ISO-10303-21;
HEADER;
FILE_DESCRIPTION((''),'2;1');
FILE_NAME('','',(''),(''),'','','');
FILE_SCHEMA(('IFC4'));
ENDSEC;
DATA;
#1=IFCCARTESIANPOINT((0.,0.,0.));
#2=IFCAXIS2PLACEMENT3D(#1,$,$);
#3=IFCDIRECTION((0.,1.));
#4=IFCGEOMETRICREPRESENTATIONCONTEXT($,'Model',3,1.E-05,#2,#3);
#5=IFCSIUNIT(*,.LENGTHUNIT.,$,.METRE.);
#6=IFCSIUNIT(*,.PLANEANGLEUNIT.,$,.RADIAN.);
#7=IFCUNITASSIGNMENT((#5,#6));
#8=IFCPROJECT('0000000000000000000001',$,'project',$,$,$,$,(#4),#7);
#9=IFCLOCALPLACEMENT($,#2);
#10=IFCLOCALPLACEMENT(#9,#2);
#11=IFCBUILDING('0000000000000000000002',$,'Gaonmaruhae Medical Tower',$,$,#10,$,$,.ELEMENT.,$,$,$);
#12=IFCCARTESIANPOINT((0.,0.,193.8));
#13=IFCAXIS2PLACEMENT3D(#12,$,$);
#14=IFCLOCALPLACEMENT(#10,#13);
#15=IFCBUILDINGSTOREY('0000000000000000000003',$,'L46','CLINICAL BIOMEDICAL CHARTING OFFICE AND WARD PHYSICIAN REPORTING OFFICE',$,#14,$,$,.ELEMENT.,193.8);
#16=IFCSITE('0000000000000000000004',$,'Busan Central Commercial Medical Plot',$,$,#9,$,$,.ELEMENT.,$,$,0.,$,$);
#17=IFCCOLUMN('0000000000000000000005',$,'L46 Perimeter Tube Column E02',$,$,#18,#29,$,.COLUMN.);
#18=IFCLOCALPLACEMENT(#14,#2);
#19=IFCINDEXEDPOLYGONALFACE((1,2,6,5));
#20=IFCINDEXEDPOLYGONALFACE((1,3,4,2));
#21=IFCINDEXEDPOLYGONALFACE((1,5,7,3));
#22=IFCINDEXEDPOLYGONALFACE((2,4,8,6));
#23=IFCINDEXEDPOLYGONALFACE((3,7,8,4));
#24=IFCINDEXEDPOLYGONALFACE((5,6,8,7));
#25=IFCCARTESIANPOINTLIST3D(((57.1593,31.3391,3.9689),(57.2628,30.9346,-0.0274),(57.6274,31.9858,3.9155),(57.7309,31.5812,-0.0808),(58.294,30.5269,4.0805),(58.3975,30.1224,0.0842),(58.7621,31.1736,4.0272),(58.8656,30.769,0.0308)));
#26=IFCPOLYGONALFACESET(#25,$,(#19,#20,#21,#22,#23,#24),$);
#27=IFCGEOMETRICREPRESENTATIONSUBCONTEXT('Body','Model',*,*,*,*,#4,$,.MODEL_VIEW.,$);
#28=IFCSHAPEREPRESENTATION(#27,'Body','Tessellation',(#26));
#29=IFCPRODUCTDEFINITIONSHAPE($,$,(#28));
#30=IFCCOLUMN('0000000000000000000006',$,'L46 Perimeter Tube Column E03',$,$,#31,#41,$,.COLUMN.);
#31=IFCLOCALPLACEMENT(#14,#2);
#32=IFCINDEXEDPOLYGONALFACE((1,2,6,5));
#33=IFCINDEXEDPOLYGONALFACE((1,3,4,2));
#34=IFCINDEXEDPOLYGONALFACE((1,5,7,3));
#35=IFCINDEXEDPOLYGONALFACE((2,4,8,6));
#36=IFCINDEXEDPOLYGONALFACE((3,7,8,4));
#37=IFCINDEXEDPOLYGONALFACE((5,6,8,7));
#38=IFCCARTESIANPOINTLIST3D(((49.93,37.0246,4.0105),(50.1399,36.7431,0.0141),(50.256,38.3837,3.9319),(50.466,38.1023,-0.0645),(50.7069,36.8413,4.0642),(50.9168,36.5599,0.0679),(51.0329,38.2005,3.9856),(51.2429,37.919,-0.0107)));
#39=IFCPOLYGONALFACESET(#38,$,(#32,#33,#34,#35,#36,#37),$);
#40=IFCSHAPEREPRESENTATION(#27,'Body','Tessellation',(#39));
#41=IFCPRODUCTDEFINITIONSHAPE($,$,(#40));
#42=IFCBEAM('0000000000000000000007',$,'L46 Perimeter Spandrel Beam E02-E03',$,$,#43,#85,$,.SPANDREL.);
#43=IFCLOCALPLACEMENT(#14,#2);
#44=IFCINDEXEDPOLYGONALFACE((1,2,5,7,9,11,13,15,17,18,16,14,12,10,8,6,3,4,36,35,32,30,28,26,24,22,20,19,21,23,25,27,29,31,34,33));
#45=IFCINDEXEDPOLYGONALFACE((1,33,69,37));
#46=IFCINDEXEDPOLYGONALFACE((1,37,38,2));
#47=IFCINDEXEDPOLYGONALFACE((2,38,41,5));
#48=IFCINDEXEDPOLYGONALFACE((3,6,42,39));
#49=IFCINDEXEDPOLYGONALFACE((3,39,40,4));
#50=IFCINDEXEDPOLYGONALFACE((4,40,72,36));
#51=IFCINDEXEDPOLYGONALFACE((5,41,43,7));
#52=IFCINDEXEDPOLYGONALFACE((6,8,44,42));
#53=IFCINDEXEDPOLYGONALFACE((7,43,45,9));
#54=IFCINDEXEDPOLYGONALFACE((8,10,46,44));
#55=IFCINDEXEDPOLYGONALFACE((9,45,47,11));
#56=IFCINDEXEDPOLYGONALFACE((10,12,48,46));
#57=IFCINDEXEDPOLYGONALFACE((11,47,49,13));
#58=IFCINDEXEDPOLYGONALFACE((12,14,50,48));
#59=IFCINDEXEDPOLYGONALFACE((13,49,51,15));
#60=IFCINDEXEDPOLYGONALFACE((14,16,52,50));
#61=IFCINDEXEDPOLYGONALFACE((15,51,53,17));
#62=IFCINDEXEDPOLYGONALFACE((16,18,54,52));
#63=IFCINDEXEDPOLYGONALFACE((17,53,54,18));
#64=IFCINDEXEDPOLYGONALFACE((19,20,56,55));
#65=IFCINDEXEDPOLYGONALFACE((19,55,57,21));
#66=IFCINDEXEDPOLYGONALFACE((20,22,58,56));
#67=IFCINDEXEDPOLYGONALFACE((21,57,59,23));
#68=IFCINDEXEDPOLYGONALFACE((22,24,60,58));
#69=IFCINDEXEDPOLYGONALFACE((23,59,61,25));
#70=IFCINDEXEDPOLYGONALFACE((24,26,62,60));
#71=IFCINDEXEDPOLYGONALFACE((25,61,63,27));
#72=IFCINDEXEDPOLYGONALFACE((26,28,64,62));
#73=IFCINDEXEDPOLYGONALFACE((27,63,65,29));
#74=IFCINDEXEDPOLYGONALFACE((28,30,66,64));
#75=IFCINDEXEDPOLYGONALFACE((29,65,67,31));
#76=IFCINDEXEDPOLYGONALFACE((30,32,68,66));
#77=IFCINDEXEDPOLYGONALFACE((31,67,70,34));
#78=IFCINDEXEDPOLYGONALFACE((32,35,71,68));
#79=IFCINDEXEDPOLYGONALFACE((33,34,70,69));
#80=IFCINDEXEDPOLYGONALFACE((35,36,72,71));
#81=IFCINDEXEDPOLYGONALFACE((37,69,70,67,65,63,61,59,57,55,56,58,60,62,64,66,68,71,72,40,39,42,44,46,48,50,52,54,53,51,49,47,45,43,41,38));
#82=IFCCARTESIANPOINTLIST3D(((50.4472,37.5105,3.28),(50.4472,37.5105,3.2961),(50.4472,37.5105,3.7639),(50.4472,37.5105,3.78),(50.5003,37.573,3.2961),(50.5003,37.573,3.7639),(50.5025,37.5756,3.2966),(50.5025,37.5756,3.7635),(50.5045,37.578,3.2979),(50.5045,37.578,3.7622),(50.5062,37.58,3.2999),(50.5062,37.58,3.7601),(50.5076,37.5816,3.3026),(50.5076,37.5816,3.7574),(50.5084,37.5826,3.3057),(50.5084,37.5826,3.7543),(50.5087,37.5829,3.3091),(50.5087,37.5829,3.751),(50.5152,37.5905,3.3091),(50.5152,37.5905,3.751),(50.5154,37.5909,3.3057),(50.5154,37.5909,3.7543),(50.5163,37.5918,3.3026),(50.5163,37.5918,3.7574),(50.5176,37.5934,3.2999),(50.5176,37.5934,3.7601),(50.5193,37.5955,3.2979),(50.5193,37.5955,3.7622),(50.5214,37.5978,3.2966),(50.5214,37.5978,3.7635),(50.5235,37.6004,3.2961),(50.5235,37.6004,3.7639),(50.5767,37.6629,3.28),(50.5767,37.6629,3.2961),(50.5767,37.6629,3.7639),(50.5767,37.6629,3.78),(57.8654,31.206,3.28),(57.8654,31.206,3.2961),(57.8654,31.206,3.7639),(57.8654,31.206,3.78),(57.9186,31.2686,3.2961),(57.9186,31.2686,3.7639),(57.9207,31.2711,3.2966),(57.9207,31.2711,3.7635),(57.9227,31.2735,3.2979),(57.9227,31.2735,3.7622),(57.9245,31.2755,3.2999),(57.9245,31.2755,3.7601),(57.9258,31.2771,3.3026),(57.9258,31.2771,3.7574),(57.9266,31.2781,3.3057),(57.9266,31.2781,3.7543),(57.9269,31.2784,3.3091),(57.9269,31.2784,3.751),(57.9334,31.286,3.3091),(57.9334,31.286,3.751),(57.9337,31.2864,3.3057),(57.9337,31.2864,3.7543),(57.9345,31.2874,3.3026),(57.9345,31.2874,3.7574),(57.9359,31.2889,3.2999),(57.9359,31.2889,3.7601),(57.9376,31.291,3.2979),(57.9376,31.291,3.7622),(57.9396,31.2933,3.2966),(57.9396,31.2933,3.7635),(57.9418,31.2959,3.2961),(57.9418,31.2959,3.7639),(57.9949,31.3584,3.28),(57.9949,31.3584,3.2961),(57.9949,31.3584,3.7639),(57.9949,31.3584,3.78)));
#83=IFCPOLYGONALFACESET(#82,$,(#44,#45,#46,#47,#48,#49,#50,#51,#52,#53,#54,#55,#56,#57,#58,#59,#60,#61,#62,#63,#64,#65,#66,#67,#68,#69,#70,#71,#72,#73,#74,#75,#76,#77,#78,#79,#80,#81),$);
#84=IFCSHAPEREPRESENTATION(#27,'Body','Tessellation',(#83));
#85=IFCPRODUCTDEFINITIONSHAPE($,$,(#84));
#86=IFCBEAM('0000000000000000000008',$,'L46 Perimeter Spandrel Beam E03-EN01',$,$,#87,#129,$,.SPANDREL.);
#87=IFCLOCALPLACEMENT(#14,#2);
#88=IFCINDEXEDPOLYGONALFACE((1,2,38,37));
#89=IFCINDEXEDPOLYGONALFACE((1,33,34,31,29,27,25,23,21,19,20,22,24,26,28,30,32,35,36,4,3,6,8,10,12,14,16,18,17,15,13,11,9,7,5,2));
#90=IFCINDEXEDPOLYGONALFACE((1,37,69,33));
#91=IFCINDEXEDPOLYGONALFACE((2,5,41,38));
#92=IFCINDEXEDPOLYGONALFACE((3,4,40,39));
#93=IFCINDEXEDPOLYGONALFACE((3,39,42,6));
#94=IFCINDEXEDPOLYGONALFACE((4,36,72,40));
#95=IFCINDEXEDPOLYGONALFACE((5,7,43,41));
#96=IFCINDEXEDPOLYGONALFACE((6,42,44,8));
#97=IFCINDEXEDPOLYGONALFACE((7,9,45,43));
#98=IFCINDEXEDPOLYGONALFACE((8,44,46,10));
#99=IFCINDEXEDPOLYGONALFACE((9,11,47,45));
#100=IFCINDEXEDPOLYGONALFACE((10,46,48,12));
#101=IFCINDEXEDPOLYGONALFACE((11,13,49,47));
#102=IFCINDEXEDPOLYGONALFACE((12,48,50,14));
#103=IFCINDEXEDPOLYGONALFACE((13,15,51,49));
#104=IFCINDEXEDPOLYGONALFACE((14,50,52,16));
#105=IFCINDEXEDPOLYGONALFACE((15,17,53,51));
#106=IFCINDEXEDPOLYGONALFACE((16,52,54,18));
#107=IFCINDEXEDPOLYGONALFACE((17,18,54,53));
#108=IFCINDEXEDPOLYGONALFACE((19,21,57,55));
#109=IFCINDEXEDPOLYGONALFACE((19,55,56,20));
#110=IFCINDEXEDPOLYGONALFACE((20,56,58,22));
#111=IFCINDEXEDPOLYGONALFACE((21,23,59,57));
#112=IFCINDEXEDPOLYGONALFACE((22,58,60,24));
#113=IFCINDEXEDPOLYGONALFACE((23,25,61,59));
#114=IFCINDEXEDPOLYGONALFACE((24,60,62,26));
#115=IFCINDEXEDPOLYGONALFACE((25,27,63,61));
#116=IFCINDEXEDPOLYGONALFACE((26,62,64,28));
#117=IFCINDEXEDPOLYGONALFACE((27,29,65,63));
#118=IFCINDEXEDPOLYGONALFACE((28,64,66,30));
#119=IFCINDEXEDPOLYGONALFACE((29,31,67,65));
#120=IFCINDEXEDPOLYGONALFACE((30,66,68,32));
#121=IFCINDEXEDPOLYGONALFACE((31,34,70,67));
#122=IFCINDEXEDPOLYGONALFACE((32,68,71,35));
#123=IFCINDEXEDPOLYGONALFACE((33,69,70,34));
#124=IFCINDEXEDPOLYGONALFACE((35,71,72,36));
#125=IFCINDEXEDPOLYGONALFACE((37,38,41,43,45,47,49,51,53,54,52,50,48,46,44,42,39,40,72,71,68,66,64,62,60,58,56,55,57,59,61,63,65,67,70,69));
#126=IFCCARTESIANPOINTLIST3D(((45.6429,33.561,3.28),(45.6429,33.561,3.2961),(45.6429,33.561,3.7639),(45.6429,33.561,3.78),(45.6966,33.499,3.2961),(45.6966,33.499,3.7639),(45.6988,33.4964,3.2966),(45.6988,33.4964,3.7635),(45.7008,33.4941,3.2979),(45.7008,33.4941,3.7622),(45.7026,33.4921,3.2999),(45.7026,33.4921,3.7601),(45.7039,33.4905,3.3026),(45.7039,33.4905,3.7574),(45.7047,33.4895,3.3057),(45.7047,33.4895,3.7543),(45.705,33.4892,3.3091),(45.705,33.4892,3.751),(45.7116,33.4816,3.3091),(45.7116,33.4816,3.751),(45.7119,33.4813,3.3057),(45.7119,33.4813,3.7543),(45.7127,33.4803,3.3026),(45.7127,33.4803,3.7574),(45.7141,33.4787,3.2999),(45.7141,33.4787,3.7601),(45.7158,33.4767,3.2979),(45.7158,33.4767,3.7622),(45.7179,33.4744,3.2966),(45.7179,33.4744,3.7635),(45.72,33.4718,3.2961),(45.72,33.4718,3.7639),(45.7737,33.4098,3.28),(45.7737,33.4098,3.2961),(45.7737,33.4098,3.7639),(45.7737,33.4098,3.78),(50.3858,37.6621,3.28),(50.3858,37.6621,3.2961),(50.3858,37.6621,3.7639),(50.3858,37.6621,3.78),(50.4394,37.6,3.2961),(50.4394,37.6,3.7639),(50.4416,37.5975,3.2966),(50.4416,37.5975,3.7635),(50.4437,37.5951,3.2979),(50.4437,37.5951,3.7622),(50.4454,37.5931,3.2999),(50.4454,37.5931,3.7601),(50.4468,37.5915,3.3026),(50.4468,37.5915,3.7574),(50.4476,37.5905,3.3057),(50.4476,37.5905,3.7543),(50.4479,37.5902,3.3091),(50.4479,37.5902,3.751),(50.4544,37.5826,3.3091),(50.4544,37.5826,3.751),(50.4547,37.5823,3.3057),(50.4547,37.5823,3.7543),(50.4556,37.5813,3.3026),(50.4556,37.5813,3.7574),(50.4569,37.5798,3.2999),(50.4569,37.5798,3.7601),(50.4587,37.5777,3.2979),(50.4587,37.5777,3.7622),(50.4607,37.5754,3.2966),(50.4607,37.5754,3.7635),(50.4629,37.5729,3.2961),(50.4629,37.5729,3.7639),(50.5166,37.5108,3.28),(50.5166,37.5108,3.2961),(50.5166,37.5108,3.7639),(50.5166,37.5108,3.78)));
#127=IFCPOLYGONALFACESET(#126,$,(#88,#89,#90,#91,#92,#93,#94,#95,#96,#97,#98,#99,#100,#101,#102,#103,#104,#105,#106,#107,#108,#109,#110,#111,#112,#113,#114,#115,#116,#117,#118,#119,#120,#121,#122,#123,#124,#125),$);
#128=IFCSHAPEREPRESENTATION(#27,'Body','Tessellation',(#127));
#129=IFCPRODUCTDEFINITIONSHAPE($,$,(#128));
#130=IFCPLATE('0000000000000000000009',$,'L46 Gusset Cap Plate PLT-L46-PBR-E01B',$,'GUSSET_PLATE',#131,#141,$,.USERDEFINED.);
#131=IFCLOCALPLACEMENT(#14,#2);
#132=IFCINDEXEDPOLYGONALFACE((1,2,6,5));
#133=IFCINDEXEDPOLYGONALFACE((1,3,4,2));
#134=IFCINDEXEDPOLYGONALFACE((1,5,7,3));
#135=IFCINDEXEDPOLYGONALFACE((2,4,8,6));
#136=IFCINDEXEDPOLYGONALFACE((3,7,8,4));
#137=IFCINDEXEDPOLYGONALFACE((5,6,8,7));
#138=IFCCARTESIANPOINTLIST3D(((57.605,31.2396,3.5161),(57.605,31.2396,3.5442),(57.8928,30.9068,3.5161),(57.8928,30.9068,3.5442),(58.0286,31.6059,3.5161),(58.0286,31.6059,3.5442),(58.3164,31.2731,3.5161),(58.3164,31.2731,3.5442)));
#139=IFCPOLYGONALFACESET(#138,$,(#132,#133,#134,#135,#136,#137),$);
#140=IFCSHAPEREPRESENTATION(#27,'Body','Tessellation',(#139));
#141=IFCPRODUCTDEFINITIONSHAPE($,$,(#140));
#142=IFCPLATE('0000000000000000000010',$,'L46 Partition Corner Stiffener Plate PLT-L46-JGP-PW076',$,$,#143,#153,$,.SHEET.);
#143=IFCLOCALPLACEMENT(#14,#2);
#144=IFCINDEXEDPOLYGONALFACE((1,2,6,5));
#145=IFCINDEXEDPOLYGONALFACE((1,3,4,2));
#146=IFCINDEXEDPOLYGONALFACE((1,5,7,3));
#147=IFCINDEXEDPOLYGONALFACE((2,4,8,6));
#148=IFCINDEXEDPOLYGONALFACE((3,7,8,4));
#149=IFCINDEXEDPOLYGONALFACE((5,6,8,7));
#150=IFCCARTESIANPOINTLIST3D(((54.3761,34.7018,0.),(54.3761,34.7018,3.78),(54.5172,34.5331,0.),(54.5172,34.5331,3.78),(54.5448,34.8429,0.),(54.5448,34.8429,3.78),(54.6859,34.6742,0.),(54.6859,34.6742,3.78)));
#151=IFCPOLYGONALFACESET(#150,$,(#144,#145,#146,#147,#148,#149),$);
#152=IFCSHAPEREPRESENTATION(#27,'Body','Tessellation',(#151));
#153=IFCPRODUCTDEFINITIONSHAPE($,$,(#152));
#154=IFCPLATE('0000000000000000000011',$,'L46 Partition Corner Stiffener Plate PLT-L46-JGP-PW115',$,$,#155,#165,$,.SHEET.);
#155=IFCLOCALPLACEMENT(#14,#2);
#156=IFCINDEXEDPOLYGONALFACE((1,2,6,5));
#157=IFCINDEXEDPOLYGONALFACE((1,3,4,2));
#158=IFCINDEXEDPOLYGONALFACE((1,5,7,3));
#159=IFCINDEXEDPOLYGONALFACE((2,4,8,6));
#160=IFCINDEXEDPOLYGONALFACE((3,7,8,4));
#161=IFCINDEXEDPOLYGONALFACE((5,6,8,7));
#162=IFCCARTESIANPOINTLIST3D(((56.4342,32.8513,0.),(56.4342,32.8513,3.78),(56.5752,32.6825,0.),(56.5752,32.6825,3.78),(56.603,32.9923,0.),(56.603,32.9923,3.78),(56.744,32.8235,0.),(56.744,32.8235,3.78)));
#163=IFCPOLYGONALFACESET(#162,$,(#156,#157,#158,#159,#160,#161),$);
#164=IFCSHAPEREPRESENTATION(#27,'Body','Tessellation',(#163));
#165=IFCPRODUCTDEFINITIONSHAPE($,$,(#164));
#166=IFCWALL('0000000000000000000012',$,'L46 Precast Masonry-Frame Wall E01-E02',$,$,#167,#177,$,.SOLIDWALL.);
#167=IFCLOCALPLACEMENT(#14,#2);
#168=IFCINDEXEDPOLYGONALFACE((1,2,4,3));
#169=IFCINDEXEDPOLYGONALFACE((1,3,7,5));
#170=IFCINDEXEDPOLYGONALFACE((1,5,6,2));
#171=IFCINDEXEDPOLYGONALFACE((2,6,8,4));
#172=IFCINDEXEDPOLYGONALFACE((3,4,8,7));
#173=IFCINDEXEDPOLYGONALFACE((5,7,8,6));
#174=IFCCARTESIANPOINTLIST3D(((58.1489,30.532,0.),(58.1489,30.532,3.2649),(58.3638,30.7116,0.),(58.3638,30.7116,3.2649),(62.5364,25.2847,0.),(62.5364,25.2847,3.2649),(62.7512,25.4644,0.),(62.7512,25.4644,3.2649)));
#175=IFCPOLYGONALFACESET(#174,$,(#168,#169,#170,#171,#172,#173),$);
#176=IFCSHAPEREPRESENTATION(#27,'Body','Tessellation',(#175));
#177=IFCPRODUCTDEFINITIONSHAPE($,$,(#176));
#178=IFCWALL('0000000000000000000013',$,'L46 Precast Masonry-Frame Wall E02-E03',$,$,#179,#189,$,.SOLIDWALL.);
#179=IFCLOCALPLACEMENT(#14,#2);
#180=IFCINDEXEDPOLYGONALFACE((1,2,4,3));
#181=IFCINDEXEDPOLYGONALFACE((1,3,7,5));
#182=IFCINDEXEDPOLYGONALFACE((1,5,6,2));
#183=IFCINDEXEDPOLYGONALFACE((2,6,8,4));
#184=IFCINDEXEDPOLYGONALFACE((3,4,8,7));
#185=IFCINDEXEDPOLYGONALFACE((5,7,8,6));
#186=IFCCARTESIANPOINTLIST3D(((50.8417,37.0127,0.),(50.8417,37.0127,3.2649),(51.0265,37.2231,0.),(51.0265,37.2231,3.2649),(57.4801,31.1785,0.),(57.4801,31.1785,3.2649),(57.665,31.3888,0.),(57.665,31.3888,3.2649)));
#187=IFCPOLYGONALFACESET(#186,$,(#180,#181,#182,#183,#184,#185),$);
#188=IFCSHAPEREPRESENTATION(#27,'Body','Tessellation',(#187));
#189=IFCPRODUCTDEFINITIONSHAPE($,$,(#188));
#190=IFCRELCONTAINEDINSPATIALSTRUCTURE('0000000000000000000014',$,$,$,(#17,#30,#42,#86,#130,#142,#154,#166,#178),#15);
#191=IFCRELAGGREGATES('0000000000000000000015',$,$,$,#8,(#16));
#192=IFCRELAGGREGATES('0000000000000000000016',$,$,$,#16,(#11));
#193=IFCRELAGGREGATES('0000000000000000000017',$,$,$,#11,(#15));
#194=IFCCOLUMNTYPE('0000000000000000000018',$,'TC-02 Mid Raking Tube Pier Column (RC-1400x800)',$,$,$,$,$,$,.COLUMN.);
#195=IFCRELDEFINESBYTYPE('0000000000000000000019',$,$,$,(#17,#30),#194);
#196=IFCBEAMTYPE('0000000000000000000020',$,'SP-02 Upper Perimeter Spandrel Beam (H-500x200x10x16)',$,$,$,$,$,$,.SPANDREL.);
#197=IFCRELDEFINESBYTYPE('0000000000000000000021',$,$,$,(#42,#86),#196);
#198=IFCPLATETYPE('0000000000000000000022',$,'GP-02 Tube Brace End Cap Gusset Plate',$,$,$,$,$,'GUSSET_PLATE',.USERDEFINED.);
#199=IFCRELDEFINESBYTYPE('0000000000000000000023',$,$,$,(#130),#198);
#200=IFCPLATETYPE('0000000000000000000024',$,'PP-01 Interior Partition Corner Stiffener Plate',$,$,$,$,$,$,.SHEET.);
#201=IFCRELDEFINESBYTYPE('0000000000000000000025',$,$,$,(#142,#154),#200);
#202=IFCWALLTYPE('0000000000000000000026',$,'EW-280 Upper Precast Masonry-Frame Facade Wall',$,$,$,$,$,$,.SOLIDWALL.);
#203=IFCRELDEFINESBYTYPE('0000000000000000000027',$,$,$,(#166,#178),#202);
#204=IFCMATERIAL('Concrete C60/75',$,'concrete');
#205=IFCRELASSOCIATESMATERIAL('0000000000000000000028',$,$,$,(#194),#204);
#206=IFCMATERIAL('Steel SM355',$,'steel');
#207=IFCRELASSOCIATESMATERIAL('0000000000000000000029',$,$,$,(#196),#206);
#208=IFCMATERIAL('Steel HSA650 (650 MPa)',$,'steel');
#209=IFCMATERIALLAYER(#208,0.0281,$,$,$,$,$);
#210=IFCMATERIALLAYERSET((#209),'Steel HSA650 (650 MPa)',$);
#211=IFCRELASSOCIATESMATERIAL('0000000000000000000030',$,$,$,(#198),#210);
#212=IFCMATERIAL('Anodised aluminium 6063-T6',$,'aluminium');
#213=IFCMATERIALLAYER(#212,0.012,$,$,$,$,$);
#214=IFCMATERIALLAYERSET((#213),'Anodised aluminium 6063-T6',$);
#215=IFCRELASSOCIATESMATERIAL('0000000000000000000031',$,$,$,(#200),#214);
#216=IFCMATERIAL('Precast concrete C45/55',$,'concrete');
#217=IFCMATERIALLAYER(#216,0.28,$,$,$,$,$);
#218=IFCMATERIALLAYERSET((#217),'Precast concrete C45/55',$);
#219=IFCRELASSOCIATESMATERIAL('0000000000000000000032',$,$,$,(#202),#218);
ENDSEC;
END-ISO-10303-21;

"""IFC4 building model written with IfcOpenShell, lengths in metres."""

from ifc_helpers import new_model, si_unit, direction, frame, frame_2d, origin, origin_2d, place, context, subcontext, project, spatial, rectangle, i_section, extrude, material, layer, layer_set, material_profile, profile_set, type_object, element, save


model = new_model("IFC4")

# Units and contexts
model_context = context("Model", 3, precision=1e-05, world=origin(), true_north=direction((0.0, 1.0)))
body_context = subcontext(model_context, "Body", "Model", "MODEL_VIEW")
ifc_project = project(units=[si_unit("LENGTHUNIT", "METRE"), si_unit("PLANEANGLEUNIT", "RADIAN")], contexts=[model_context])

# Site, building, storey
site_placement = place(None, origin())
site = spatial("IfcSite", under=ifc_project, at=site_placement, Name="Busan Central Commercial Medical Plot", CompositionType="ELEMENT", RefElevation=0.0)
building_placement = place(site_placement, origin())
building = spatial("IfcBuilding", under=site, at=building_placement, Name="Gaonmaruhae Medical Tower", CompositionType="ELEMENT")
storey_placement = place(building_placement, frame((0.0, 0.0, 193.8)))
storey = spatial("IfcBuildingStorey", under=building, at=storey_placement, Name="L46", Description="CLINICAL BIOMEDICAL CHARTING OFFICE AND WARD PHYSICIAN REPORTING OFFICE", CompositionType="ELEMENT", Elevation=193.8)

# Columns
ifc_material_1 = material(Name="Concrete C60/75", Category="concrete")
ifc_material_profile_1 = material_profile(ifc_material_1, rectangle(XDim=1.3999, YDim=0.8, at=origin_2d()), Name="RC-1400x800")
ifc_profile_set_1 = profile_set([ifc_material_profile_1], Name="Concrete C60/75")
column_type = type_object("IfcColumnType", Name="TC-02 Mid Raking Tube Pier Column (RC-1400x800)", PredefinedType="COLUMN", material=ifc_profile_set_1)
column_1_placement = place(storey_placement, frame((58.0642, 30.8518, 0.0017), z_axis=(-0.025762, 0.10068, 0.994585), x_axis=(0.810576, -0.580181, 0.079727)))
element("IfcColumn", 1, at=column_1_placement, inside=storey, type_object=column_type, Name="L46 Perimeter Tube Column E02", PredefinedType="COLUMN", context=body_context, shape_type="SweptSolid", body=[
    extrude(rectangle(XDim=1.3999, YDim=0.8, at=origin_2d()), origin(), (0.0, 0.0, 1.0), 4.0181),
])
column_2_placement = place(storey_placement, frame((50.6914, 37.3311, 0.0017), z_axis=(-0.052337, 0.070168, 0.996161), x_axis=(-0.232905, -0.970877, 0.05615)))
element("IfcColumn", 2, at=column_2_placement, inside=storey, type_object=column_type, Name="L46 Perimeter Tube Column E03", PredefinedType="COLUMN", context=body_context, shape_type="SweptSolid", body=[
    extrude(rectangle(XDim=1.3999, YDim=0.8, at=origin_2d()), origin(), (0.0, 0.0, 1.0), 4.0117),
])

# Beams
ifc_material_2 = material(Name="Steel SM355", Category="steel")
ifc_material_profile_2 = material_profile(ifc_material_2, i_section(OverallWidth=0.2, OverallDepth=0.5, WebThickness=0.01, FlangeThickness=0.0161, FilletRadius=0.0129, at=origin_2d()), Name="H-500x200x10x16")
ifc_profile_set_2 = profile_set([ifc_material_profile_2], Name="Steel SM355")
beam_type = type_object("IfcBeamType", Name="SP-02 Upper Perimeter Spandrel Beam (H-500x200x10x16)", PredefinedType="SPANDREL", material=ifc_profile_set_2)
beam_1_placement = place(storey_placement, frame((57.9302, 31.2822, 3.53), z_axis=(-0.761992, 0.647587, 0.0), x_axis=(-0.647587, -0.761992, 0.0)))
element("IfcBeam", 3, at=beam_1_placement, inside=storey, type_object=beam_type, Name="L46 Perimeter Spandrel Beam E02-E03", PredefinedType="SPANDREL", context=body_context, shape_type="SweptSolid", body=[
    extrude(i_section(OverallWidth=0.2, OverallDepth=0.5, WebThickness=0.01, FlangeThickness=0.0161, FilletRadius=0.0129, at=origin_2d()), origin(), (0.0, 0.0, 1.0), 9.7354),
])
beam_2_placement = place(storey_placement, frame((50.4512, 37.5864, 3.53), z_axis=(-0.756435, -0.654069, 0.0), x_axis=(0.654069, -0.756435, 0.0)))
element("IfcBeam", 4, at=beam_2_placement, inside=storey, type_object=beam_type, Name="L46 Perimeter Spandrel Beam E03-EN01", PredefinedType="SPANDREL", context=body_context, shape_type="SweptSolid", body=[
    extrude(i_section(OverallWidth=0.2, OverallDepth=0.5, WebThickness=0.01, FlangeThickness=0.0161, FilletRadius=0.0129, at=origin_2d()), origin(), (0.0, 0.0, 1.0), 6.27),
])

# Plates
ifc_material_3 = material(Name="Steel HSA650 (650 MPa)", Category="steel")
ifc_layer_1 = layer(ifc_material_3, 0.0281)
ifc_layer_set_1 = layer_set([ifc_layer_1], Name="Steel HSA650 (650 MPa)")
plate_type_1 = type_object("IfcPlateType", Name="GP-02 Tube Brace End Cap Gusset Plate", ElementType="GUSSET_PLATE", PredefinedType="USERDEFINED", material=ifc_layer_set_1)
plate_placement = place(storey_placement, frame((57.9607, 31.2563, 3.5161), z_axis=(0.0, 0.0, 1.0), x_axis=(0.756425, 0.654081, 0.0)))
element("IfcPlate", 5, at=plate_placement, inside=storey, type_object=plate_type_1, Name="L46 Gusset Cap Plate PLT-L46-PBR-E01B", ObjectType="GUSSET_PLATE", PredefinedType="USERDEFINED", context=body_context, shape_type="SweptSolid", body=[
    extrude(rectangle(XDim=0.5601, YDim=0.4399, at=origin_2d()), origin(), (0.0, 0.0, 1.0), 0.0281),
])
ifc_material_4 = material(Name="Anodised aluminium 6063-T6", Category="aluminium")
ifc_layer_2 = layer(ifc_material_4, 0.012)
ifc_layer_set_2 = layer_set([ifc_layer_2], Name="Anodised aluminium 6063-T6")
plate_type_2 = type_object("IfcPlateType", Name="PP-01 Interior Partition Corner Stiffener Plate", PredefinedType="SHEET", material=ifc_layer_set_2)
for number, where, z_axis, x_axis, name in (
    (6, (54.531, 34.688, 0.0), (0.0, 0.0, 1.0), (-0.766919, -0.641744, 0.0), "L46 Partition Corner Stiffener Plate PLT-L46-JGP-PW076"),
    (7, (56.5891, 32.8374, 0.0), (0.0, 0.0, 1.0), (0.767411, 0.641155, 0.0), "L46 Partition Corner Stiffener Plate PLT-L46-JGP-PW115"),
):
    element("IfcPlate", number, at=place(storey_placement, frame(where, z_axis=z_axis, x_axis=x_axis)), inside=storey, type_object=plate_type_2, Name=name, PredefinedType="SHEET", context=body_context, shape_type="SweptSolid", body=[
        extrude(rectangle(XDim=0.22, YDim=0.22, at=origin_2d()), origin(), (0.0, 0.0, 1.0), 3.78),
    ])

# Walls
ifc_material_5 = material(Name="Precast concrete C45/55", Category="concrete")
ifc_layer_3 = layer(ifc_material_5, 0.28)
ifc_layer_set_3 = layer_set([ifc_layer_3], Name="Precast concrete C45/55")
wall_type_1 = type_object("IfcWallType", Name="EW-280 Upper Precast Masonry-Frame Facade Wall", PredefinedType="SOLIDWALL", material=ifc_layer_set_3)
wall_1_placement = place(storey_placement, frame((58.2563, 30.6218, 0.0), z_axis=(0.0, 0.0, 1.0), x_axis=(0.641451, -0.767164, 0.0)))
element("IfcWall", 8, at=wall_1_placement, inside=storey, type_object=wall_type_1, Name="L46 Precast Masonry-Frame Wall E01-E02", PredefinedType="SOLIDWALL", context=body_context, shape_type="SweptSolid", body=[
    extrude(rectangle(XDim=6.8398, YDim=0.28, at=frame_2d((3.4199, 0.0))), origin(), (0.0, 0.0, 1.0), 3.2649),
])
wall_2_placement = place(storey_placement, frame((50.9341, 37.1179, 0.0), z_axis=(0.0, 0.0, 1.0), x_axis=(0.751139, -0.660144, 0.0)))
element("IfcWall", 9, at=wall_2_placement, inside=storey, type_object=wall_type_1, Name="L46 Precast Masonry-Frame Wall E02-E03", PredefinedType="SOLIDWALL", context=body_context, shape_type="SweptSolid", body=[
    extrude(rectangle(XDim=8.8379, YDim=0.28, at=frame_2d((4.4189, 0.0))), origin(), (0.0, 0.0, 1.0), 3.2649),
])

save(model, "model.ifc")
